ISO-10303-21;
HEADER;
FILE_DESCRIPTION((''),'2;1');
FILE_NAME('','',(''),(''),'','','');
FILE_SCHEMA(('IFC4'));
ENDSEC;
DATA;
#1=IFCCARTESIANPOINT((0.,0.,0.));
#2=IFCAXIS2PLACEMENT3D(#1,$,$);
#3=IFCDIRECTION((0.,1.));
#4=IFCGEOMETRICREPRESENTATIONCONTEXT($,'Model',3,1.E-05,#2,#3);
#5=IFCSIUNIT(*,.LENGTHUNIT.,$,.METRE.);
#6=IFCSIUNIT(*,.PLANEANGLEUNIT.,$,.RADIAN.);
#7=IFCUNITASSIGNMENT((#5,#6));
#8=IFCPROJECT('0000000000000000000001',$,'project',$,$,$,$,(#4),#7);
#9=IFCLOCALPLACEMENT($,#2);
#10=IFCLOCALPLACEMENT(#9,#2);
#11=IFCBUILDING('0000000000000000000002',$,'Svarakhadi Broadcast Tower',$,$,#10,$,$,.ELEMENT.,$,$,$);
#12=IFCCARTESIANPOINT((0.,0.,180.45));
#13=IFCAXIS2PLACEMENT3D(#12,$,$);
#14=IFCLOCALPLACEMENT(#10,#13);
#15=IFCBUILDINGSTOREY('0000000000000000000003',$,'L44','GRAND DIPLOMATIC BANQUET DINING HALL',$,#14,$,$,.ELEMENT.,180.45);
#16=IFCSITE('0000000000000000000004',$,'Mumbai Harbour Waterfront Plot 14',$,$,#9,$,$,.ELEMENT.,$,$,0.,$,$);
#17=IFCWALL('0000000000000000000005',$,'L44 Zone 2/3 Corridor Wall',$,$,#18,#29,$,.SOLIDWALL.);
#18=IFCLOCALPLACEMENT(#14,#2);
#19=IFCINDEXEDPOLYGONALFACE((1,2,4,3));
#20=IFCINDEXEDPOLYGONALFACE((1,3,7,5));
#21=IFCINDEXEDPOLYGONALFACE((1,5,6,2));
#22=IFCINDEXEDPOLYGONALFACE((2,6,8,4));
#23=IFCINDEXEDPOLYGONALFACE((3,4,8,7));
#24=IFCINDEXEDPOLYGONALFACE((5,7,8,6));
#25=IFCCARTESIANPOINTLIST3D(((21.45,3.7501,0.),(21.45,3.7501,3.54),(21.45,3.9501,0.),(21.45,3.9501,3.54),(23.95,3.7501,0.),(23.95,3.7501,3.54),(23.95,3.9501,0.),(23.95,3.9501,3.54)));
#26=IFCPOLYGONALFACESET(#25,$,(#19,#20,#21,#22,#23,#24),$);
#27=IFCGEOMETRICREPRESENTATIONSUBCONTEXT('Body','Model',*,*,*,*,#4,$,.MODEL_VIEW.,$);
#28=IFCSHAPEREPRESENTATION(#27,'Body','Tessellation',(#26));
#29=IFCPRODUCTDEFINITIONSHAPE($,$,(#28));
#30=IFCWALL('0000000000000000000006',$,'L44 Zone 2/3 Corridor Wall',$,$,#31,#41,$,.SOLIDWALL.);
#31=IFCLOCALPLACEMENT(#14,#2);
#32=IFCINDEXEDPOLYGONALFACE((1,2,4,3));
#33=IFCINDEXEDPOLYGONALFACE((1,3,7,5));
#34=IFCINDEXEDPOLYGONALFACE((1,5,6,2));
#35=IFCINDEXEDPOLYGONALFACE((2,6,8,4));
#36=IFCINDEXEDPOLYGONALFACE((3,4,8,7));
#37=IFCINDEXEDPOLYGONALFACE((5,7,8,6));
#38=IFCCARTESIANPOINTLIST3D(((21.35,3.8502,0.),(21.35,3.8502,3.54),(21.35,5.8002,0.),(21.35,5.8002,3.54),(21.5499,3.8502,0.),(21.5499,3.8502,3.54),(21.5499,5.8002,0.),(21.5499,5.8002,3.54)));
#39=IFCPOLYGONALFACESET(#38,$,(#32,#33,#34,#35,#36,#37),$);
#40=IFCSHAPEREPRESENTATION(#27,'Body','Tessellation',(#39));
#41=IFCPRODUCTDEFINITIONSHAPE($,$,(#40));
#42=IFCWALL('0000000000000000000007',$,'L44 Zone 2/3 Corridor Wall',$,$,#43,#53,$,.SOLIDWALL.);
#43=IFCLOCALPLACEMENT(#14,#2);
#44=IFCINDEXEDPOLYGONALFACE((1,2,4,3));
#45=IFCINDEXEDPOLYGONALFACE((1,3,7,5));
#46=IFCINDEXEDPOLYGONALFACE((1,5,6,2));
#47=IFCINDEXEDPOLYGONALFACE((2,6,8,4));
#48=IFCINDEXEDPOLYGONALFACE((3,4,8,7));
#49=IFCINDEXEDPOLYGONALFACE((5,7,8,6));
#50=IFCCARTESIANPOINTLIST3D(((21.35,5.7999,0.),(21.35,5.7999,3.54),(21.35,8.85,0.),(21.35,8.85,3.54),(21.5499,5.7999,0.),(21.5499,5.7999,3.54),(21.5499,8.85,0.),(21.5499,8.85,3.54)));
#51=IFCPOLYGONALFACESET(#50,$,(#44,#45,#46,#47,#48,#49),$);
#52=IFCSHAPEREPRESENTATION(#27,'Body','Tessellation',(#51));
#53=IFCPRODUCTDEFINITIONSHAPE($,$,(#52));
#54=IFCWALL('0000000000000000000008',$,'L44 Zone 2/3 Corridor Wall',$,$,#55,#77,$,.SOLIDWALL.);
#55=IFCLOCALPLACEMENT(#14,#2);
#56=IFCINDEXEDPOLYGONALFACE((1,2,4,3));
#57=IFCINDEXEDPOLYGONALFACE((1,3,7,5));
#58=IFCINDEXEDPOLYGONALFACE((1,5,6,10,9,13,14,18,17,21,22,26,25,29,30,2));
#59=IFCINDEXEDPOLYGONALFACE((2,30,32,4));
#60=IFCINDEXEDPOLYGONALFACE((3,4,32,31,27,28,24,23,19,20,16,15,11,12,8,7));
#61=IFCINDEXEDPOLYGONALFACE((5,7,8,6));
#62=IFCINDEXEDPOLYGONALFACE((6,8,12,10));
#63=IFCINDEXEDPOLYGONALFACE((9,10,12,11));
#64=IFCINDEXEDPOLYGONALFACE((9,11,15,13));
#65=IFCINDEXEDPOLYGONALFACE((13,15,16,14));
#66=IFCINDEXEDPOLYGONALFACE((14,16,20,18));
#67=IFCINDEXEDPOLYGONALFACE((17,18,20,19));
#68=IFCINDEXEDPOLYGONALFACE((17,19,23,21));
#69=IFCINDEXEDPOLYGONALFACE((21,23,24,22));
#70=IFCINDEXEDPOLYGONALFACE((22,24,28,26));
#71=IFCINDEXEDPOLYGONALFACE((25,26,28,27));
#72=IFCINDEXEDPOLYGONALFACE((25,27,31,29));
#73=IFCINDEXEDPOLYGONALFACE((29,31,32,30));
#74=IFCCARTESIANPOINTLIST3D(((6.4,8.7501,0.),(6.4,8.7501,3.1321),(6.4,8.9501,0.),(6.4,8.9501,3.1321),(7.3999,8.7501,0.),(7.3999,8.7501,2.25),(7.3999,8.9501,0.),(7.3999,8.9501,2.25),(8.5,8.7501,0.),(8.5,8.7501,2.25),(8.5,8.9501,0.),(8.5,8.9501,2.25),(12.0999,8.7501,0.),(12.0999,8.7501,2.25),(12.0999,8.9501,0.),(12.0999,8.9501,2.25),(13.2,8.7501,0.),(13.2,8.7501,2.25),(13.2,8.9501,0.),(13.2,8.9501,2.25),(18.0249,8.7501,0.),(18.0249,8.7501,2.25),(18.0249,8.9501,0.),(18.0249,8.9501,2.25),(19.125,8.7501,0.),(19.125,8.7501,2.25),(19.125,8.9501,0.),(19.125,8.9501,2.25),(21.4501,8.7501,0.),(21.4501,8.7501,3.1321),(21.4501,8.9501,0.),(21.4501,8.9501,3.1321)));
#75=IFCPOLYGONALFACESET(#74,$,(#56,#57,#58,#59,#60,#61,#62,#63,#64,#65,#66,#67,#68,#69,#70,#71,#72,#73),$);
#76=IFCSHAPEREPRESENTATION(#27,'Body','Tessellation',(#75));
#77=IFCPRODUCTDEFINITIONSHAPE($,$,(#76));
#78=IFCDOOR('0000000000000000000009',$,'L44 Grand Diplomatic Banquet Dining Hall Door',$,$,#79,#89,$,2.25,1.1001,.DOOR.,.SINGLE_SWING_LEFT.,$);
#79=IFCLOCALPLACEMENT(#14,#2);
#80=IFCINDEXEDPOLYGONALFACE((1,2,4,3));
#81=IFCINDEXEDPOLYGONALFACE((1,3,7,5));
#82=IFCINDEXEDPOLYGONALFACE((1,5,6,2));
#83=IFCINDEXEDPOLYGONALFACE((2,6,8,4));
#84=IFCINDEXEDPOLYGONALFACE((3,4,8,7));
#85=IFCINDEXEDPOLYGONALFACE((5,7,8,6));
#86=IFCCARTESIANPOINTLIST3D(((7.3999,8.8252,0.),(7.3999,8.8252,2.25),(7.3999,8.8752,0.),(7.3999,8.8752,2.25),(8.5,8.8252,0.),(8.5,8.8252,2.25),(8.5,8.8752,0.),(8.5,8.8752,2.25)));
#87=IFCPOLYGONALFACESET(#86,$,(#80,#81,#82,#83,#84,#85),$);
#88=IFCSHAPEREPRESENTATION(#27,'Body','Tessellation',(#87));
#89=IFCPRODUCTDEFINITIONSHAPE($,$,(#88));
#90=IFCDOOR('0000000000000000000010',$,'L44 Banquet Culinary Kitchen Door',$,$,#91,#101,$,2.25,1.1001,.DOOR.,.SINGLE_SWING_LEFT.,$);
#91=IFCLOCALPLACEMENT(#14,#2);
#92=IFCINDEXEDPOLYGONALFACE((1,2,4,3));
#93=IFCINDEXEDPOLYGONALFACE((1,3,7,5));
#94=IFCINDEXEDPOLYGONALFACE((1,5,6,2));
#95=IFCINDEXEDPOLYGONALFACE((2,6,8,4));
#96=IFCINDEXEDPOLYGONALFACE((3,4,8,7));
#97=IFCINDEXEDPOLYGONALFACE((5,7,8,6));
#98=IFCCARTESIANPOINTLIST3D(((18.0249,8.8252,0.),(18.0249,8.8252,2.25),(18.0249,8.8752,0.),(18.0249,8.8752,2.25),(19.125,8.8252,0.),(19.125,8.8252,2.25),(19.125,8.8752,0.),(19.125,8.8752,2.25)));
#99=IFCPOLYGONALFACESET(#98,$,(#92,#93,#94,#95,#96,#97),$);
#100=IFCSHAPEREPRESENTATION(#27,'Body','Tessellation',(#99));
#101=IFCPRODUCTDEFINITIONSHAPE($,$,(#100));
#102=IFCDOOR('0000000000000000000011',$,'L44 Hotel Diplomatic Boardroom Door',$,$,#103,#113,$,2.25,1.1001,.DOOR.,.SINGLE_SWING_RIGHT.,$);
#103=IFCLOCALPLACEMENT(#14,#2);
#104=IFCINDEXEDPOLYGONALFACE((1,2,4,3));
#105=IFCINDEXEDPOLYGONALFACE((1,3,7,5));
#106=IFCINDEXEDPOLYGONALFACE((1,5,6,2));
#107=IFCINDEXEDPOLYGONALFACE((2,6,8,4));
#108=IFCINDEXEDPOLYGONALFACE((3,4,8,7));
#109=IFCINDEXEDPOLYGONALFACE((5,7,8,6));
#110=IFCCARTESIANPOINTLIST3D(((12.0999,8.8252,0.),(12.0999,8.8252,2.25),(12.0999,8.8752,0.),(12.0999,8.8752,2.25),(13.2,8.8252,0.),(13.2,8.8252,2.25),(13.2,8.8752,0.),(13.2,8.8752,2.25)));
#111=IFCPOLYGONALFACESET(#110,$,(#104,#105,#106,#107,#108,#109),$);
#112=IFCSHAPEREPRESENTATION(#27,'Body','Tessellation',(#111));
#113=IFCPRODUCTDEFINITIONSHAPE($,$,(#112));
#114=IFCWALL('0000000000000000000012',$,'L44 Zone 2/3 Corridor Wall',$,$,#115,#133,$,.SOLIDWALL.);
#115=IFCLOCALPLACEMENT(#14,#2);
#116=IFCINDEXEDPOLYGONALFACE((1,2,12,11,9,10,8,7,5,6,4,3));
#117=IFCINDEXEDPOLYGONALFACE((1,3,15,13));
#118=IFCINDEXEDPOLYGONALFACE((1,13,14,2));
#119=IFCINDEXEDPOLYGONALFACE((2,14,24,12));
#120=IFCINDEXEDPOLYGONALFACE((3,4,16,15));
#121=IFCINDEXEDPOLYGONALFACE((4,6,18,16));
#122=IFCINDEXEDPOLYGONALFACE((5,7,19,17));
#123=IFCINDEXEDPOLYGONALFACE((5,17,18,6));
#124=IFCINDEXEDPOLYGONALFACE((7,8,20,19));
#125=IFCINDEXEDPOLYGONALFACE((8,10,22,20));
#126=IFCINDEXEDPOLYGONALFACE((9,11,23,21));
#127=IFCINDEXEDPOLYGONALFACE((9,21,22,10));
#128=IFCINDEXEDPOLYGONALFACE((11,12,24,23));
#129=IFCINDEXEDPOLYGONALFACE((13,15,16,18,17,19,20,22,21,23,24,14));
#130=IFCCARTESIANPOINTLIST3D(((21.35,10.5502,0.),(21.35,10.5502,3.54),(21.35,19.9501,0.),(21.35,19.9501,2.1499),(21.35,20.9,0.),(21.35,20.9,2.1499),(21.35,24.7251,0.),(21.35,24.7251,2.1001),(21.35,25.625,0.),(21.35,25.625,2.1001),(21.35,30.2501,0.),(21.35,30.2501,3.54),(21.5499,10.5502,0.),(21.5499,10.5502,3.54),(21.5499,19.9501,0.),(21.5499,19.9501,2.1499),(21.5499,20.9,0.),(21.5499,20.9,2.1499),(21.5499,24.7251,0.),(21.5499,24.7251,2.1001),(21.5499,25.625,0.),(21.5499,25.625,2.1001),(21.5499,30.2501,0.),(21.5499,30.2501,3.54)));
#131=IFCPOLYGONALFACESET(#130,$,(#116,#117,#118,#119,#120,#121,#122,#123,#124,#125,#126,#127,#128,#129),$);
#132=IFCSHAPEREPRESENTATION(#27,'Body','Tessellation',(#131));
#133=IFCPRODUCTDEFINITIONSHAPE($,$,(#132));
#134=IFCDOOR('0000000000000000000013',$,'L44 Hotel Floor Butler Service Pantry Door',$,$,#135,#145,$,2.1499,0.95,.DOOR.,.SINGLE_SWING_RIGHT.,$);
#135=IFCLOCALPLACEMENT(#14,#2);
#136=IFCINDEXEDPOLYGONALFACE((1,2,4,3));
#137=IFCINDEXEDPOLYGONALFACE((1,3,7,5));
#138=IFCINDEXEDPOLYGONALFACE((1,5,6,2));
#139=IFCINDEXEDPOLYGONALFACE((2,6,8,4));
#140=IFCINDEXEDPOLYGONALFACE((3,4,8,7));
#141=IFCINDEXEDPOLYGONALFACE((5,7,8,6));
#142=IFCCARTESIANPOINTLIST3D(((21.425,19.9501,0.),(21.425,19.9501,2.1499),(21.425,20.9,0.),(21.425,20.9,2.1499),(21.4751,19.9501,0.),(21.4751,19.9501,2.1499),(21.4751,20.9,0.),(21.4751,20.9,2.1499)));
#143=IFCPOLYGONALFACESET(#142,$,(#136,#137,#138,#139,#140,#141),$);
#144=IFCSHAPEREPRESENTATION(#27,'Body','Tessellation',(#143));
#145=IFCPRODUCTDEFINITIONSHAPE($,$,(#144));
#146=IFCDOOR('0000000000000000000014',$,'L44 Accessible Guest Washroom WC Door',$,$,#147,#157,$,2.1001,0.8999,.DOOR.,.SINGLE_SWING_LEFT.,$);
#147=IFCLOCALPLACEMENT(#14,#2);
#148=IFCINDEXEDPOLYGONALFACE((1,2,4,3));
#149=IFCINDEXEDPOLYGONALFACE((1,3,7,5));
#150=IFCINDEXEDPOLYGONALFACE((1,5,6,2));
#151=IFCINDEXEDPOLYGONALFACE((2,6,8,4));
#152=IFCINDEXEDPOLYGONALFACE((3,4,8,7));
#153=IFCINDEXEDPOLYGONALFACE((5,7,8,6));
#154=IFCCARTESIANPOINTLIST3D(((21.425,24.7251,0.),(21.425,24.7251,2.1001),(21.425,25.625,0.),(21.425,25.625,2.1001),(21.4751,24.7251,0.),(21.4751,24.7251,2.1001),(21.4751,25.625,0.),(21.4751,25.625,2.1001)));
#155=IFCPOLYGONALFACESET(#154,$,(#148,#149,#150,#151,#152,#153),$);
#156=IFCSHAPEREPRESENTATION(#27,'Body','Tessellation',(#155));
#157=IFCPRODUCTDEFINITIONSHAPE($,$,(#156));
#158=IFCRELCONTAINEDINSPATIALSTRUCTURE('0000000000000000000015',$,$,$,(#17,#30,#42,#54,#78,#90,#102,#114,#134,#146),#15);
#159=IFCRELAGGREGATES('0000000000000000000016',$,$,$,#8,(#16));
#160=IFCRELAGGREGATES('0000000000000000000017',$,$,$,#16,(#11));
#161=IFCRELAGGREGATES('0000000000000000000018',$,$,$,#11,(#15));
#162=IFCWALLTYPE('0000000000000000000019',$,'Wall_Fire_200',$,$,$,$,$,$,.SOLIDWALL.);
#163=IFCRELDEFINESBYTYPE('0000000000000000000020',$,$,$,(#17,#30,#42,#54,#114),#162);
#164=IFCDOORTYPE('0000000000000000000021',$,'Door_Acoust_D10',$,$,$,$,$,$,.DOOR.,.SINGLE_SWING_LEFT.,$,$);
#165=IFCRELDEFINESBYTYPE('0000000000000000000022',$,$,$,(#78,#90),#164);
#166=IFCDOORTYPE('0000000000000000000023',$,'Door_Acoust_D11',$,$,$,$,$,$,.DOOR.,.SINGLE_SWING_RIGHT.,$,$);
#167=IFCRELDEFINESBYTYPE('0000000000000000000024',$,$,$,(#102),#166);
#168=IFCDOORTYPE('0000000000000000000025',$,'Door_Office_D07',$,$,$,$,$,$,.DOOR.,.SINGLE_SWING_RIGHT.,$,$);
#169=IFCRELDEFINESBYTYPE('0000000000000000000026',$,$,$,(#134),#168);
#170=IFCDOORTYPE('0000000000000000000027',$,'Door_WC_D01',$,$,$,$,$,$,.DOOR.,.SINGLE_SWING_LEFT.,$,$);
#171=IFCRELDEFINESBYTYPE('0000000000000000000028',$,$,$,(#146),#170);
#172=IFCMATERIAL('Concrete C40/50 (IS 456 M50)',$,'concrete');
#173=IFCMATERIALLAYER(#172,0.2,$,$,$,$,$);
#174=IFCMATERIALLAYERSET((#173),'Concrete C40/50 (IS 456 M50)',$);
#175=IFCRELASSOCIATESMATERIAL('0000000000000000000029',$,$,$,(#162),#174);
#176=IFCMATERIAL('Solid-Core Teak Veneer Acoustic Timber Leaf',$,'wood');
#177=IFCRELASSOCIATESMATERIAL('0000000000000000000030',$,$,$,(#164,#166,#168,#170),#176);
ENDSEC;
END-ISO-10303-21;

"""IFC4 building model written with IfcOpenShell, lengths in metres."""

from ifc_helpers import new_model, si_unit, direction, frame, frame_2d, origin, place, context, subcontext, project, spatial, rectangle, extrude, material, layer, layer_set, type_object, element, fill, save


model = new_model("IFC4")

# Units and contexts
model_context = context("Model", 3, precision=1e-05, world=origin(), true_north=direction((0.0, 1.0)))
body_context = subcontext(model_context, "Body", "Model", "MODEL_VIEW")
ifc_project = project(units=[si_unit("LENGTHUNIT", "METRE"), si_unit("PLANEANGLEUNIT", "RADIAN")], contexts=[model_context])

# Site, building, storey
site_placement = place(None, origin())
site = spatial("IfcSite", under=ifc_project, at=site_placement, Name="Mumbai Harbour Waterfront Plot 14", CompositionType="ELEMENT", RefElevation=0.0)
building_placement = place(site_placement, origin())
building = spatial("IfcBuilding", under=site, at=building_placement, Name="Svarakhadi Broadcast Tower", CompositionType="ELEMENT")
storey_placement = place(building_placement, frame((0.0, 0.0, 180.45)))
storey = spatial("IfcBuildingStorey", under=building, at=storey_placement, Name="L44", Description="GRAND DIPLOMATIC BANQUET DINING HALL", CompositionType="ELEMENT", Elevation=180.45)

# Walls
ifc_material_1 = material(Name="Concrete C40/50 (IS 456 M50)", Category="concrete")
ifc_layer = layer(ifc_material_1, 0.2)
ifc_layer_set = layer_set([ifc_layer], Name="Concrete C40/50 (IS 456 M50)")
wall_type = type_object("IfcWallType", Name="Wall_Fire_200", PredefinedType="SOLIDWALL", material=ifc_layer_set)
wall_1_placement = place(storey_placement, frame((23.95, 3.8501, 0.0), z_axis=(0.0, 0.0, 1.0), x_axis=(-1.0, 0.0, 0.0)))
element("IfcWall", 1, at=wall_1_placement, inside=storey, type_object=wall_type, Name="L44 Zone 2/3 Corridor Wall", PredefinedType="SOLIDWALL", context=body_context, shape_type="SweptSolid", body=[
    extrude(rectangle(XDim=2.5, YDim=0.2, at=frame_2d((1.25, 0.0))), origin(), (0.0, 0.0, 1.0), 3.54),
])
wall_2_placement = place(storey_placement, frame((21.45, 3.8501, 0.0), z_axis=(0.0, 0.0, 1.0), x_axis=(0.0, 1.0, 0.0)))
element("IfcWall", 2, at=wall_2_placement, inside=storey, type_object=wall_type, Name="L44 Zone 2/3 Corridor Wall", PredefinedType="SOLIDWALL", context=body_context, shape_type="SweptSolid", body=[
    extrude(rectangle(XDim=1.95, YDim=0.2, at=frame_2d((0.9751, 0.0))), origin(), (0.0, 0.0, 1.0), 3.54),
])
wall_3_placement = place(storey_placement, frame((21.45, 5.8, 0.0), z_axis=(0.0, 0.0, 1.0), x_axis=(0.0, 1.0, 0.0)))
element("IfcWall", 3, at=wall_3_placement, inside=storey, type_object=wall_type, Name="L44 Zone 2/3 Corridor Wall", PredefinedType="SOLIDWALL", context=body_context, shape_type="SweptSolid", body=[
    extrude(rectangle(XDim=3.05, YDim=0.2, at=frame_2d((1.5249, 0.0))), origin(), (0.0, 0.0, 1.0), 3.54),
])

# Walls, openings, doors
wall_4_placement = place(storey_placement, frame((21.45, 8.8501, 0.0), z_axis=(0.0, 0.0, 1.0), x_axis=(-1.0, 0.0, 0.0)))
wall_4 = element("IfcWall", 4, at=wall_4_placement, inside=storey, type_object=wall_type, Name="L44 Zone 2/3 Corridor Wall", PredefinedType="SOLIDWALL", context=body_context, shape_type="SweptSolid", body=[
    extrude(rectangle(XDim=15.05, YDim=0.2, at=frame_2d((7.5249, 0.0))), origin(), (0.0, 0.0, 1.0), 3.1321),
])
opening_1_placement = place(wall_4_placement, frame((12.95, 0.0, 0.0)))
opening_1 = element("IfcOpeningElement", 5, at=opening_1_placement, cuts=wall_4, PredefinedType="OPENING", context=body_context, shape_type="SweptSolid", body=[
    extrude(rectangle(XDim=1.1001, YDim=2.25, at=frame_2d((0.55, 1.125))), frame((0.0, 0.1099, 0.0), z_axis=(0.0, -1.0, 0.0), x_axis=(1.0, 0.0, 0.0)), (0.0, 0.0, 1.0), 0.22),
])
opening_2_placement = place(wall_4_placement, frame((8.25, 0.0, 0.0)))
opening_2 = element("IfcOpeningElement", 6, at=opening_2_placement, cuts=wall_4, PredefinedType="OPENING", context=body_context, shape_type="SweptSolid", body=[
    extrude(rectangle(XDim=1.1001, YDim=2.25, at=frame_2d((0.55, 1.125))), frame((0.0, 0.1099, 0.0), z_axis=(0.0, -1.0, 0.0), x_axis=(1.0, 0.0, 0.0)), (0.0, 0.0, 1.0), 0.22),
])
opening_3_placement = place(wall_4_placement, frame((2.325, 0.0, 0.0)))
opening_3 = element("IfcOpeningElement", 7, at=opening_3_placement, cuts=wall_4, PredefinedType="OPENING", context=body_context, shape_type="SweptSolid", body=[
    extrude(rectangle(XDim=1.1001, YDim=2.25, at=frame_2d((0.55, 1.125))), frame((0.0, 0.1099, 0.0), z_axis=(0.0, -1.0, 0.0), x_axis=(1.0, 0.0, 0.0)), (0.0, 0.0, 1.0), 0.22),
])
ifc_material_2 = material(Name="Solid-Core Teak Veneer Acoustic Timber Leaf", Category="wood")
door_type_1 = type_object("IfcDoorType", Name="Door_Acoust_D10", OperationType="SINGLE_SWING_LEFT", PredefinedType="DOOR", material=ifc_material_2)
door_1_placement = place(opening_1_placement, origin())
door_1 = element("IfcDoor", 8, at=door_1_placement, inside=storey, type_object=door_type_1, Name="L44 Grand Diplomatic Banquet Dining Hall Door", OperationType="SINGLE_SWING_LEFT", OverallHeight=2.25, OverallWidth=1.1001, PredefinedType="DOOR", context=body_context, shape_type="SweptSolid", body=[
    extrude(rectangle(XDim=1.1001, YDim=2.25, at=frame_2d((0.55, 1.125))), frame((0.0, 0.0249, 0.0), z_axis=(0.0, -1.0, 0.0), x_axis=(1.0, 0.0, 0.0)), (0.0, 0.0, 1.0), 0.05),
])
fill(opening_1, door_1)
door_2_placement = place(opening_3_placement, origin())
door_2 = element("IfcDoor", 9, at=door_2_placement, inside=storey, type_object=door_type_1, Name="L44 Banquet Culinary Kitchen Door", OperationType="SINGLE_SWING_LEFT", OverallHeight=2.25, OverallWidth=1.1001, PredefinedType="DOOR", context=body_context, shape_type="SweptSolid", body=[
    extrude(rectangle(XDim=1.1001, YDim=2.25, at=frame_2d((0.55, 1.125))), frame((0.0, 0.0249, 0.0), z_axis=(0.0, -1.0, 0.0), x_axis=(1.0, 0.0, 0.0)), (0.0, 0.0, 1.0), 0.05),
])
fill(opening_3, door_2)
door_type_2 = type_object("IfcDoorType", Name="Door_Acoust_D11", OperationType="SINGLE_SWING_RIGHT", PredefinedType="DOOR", material=ifc_material_2)
door_3_placement = place(opening_2_placement, origin())
door_3 = element("IfcDoor", 10, at=door_3_placement, inside=storey, type_object=door_type_2, Name="L44 Hotel Diplomatic Boardroom Door", OperationType="SINGLE_SWING_RIGHT", OverallHeight=2.25, OverallWidth=1.1001, PredefinedType="DOOR", context=body_context, shape_type="SweptSolid", body=[
    extrude(rectangle(XDim=1.1001, YDim=2.25, at=frame_2d((0.55, 1.125))), frame((0.0, 0.0249, 0.0), z_axis=(0.0, -1.0, 0.0), x_axis=(1.0, 0.0, 0.0)), (0.0, 0.0, 1.0), 0.05),
])
fill(opening_2, door_3)
wall_5_placement = place(storey_placement, frame((21.45, 10.55, 0.0), z_axis=(0.0, 0.0, 1.0), x_axis=(0.0, 1.0, 0.0)))
wall_5 = element("IfcWall", 11, at=wall_5_placement, inside=storey, type_object=wall_type, Name="L44 Zone 2/3 Corridor Wall", PredefinedType="SOLIDWALL", context=body_context, shape_type="SweptSolid", body=[
    extrude(rectangle(XDim=19.7, YDim=0.2, at=frame_2d((9.8501, 0.0))), origin(), (0.0, 0.0, 1.0), 3.54),
])
opening_4_placement = place(wall_5_placement, frame((9.3999, 0.0, 0.0)))
opening_4 = element("IfcOpeningElement", 12, at=opening_4_placement, cuts=wall_5, PredefinedType="OPENING", context=body_context, shape_type="SweptSolid", body=[
    extrude(rectangle(XDim=0.95, YDim=2.1499, at=frame_2d((0.4751, 1.075))), frame((0.0, 0.1099, 0.0), z_axis=(0.0, -1.0, 0.0), x_axis=(1.0, 0.0, 0.0)), (0.0, 0.0, 1.0), 0.22),
])
opening_5_placement = place(wall_5_placement, frame((14.175, 0.0, 0.0)))
opening_5 = element("IfcOpeningElement", 13, at=opening_5_placement, cuts=wall_5, PredefinedType="OPENING", context=body_context, shape_type="SweptSolid", body=[
    extrude(rectangle(XDim=0.8999, YDim=2.1001, at=frame_2d((0.45, 1.05))), frame((0.0, 0.1099, 0.0), z_axis=(0.0, -1.0, 0.0), x_axis=(1.0, 0.0, 0.0)), (0.0, 0.0, 1.0), 0.22),
])
door_type_3 = type_object("IfcDoorType", Name="Door_Office_D07", OperationType="SINGLE_SWING_RIGHT", PredefinedType="DOOR", material=ifc_material_2)
door_4_placement = place(opening_4_placement, origin())
door_4 = element("IfcDoor", 14, at=door_4_placement, inside=storey, type_object=door_type_3, Name="L44 Hotel Floor Butler Service Pantry Door", OperationType="SINGLE_SWING_RIGHT", OverallHeight=2.1499, OverallWidth=0.95, PredefinedType="DOOR", context=body_context, shape_type="SweptSolid", body=[
    extrude(rectangle(XDim=0.95, YDim=2.1499, at=frame_2d((0.4751, 1.075))), frame((0.0, 0.0249, 0.0), z_axis=(0.0, -1.0, 0.0), x_axis=(1.0, 0.0, 0.0)), (0.0, 0.0, 1.0), 0.05),
])
fill(opening_4, door_4)
door_type_4 = type_object("IfcDoorType", Name="Door_WC_D01", OperationType="SINGLE_SWING_LEFT", PredefinedType="DOOR", material=ifc_material_2)
door_5_placement = place(opening_5_placement, origin())
door_5 = element("IfcDoor", 15, at=door_5_placement, inside=storey, type_object=door_type_4, Name="L44 Accessible Guest Washroom WC Door", OperationType="SINGLE_SWING_LEFT", OverallHeight=2.1001, OverallWidth=0.8999, PredefinedType="DOOR", context=body_context, shape_type="SweptSolid", body=[
    extrude(rectangle(XDim=0.8999, YDim=2.1001, at=frame_2d((0.45, 1.05))), frame((0.0, 0.0249, 0.0), z_axis=(0.0, -1.0, 0.0), x_axis=(1.0, 0.0, 0.0)), (0.0, 0.0, 1.0), 0.05),
])
fill(opening_5, door_5)

save(model, "model.ifc")
